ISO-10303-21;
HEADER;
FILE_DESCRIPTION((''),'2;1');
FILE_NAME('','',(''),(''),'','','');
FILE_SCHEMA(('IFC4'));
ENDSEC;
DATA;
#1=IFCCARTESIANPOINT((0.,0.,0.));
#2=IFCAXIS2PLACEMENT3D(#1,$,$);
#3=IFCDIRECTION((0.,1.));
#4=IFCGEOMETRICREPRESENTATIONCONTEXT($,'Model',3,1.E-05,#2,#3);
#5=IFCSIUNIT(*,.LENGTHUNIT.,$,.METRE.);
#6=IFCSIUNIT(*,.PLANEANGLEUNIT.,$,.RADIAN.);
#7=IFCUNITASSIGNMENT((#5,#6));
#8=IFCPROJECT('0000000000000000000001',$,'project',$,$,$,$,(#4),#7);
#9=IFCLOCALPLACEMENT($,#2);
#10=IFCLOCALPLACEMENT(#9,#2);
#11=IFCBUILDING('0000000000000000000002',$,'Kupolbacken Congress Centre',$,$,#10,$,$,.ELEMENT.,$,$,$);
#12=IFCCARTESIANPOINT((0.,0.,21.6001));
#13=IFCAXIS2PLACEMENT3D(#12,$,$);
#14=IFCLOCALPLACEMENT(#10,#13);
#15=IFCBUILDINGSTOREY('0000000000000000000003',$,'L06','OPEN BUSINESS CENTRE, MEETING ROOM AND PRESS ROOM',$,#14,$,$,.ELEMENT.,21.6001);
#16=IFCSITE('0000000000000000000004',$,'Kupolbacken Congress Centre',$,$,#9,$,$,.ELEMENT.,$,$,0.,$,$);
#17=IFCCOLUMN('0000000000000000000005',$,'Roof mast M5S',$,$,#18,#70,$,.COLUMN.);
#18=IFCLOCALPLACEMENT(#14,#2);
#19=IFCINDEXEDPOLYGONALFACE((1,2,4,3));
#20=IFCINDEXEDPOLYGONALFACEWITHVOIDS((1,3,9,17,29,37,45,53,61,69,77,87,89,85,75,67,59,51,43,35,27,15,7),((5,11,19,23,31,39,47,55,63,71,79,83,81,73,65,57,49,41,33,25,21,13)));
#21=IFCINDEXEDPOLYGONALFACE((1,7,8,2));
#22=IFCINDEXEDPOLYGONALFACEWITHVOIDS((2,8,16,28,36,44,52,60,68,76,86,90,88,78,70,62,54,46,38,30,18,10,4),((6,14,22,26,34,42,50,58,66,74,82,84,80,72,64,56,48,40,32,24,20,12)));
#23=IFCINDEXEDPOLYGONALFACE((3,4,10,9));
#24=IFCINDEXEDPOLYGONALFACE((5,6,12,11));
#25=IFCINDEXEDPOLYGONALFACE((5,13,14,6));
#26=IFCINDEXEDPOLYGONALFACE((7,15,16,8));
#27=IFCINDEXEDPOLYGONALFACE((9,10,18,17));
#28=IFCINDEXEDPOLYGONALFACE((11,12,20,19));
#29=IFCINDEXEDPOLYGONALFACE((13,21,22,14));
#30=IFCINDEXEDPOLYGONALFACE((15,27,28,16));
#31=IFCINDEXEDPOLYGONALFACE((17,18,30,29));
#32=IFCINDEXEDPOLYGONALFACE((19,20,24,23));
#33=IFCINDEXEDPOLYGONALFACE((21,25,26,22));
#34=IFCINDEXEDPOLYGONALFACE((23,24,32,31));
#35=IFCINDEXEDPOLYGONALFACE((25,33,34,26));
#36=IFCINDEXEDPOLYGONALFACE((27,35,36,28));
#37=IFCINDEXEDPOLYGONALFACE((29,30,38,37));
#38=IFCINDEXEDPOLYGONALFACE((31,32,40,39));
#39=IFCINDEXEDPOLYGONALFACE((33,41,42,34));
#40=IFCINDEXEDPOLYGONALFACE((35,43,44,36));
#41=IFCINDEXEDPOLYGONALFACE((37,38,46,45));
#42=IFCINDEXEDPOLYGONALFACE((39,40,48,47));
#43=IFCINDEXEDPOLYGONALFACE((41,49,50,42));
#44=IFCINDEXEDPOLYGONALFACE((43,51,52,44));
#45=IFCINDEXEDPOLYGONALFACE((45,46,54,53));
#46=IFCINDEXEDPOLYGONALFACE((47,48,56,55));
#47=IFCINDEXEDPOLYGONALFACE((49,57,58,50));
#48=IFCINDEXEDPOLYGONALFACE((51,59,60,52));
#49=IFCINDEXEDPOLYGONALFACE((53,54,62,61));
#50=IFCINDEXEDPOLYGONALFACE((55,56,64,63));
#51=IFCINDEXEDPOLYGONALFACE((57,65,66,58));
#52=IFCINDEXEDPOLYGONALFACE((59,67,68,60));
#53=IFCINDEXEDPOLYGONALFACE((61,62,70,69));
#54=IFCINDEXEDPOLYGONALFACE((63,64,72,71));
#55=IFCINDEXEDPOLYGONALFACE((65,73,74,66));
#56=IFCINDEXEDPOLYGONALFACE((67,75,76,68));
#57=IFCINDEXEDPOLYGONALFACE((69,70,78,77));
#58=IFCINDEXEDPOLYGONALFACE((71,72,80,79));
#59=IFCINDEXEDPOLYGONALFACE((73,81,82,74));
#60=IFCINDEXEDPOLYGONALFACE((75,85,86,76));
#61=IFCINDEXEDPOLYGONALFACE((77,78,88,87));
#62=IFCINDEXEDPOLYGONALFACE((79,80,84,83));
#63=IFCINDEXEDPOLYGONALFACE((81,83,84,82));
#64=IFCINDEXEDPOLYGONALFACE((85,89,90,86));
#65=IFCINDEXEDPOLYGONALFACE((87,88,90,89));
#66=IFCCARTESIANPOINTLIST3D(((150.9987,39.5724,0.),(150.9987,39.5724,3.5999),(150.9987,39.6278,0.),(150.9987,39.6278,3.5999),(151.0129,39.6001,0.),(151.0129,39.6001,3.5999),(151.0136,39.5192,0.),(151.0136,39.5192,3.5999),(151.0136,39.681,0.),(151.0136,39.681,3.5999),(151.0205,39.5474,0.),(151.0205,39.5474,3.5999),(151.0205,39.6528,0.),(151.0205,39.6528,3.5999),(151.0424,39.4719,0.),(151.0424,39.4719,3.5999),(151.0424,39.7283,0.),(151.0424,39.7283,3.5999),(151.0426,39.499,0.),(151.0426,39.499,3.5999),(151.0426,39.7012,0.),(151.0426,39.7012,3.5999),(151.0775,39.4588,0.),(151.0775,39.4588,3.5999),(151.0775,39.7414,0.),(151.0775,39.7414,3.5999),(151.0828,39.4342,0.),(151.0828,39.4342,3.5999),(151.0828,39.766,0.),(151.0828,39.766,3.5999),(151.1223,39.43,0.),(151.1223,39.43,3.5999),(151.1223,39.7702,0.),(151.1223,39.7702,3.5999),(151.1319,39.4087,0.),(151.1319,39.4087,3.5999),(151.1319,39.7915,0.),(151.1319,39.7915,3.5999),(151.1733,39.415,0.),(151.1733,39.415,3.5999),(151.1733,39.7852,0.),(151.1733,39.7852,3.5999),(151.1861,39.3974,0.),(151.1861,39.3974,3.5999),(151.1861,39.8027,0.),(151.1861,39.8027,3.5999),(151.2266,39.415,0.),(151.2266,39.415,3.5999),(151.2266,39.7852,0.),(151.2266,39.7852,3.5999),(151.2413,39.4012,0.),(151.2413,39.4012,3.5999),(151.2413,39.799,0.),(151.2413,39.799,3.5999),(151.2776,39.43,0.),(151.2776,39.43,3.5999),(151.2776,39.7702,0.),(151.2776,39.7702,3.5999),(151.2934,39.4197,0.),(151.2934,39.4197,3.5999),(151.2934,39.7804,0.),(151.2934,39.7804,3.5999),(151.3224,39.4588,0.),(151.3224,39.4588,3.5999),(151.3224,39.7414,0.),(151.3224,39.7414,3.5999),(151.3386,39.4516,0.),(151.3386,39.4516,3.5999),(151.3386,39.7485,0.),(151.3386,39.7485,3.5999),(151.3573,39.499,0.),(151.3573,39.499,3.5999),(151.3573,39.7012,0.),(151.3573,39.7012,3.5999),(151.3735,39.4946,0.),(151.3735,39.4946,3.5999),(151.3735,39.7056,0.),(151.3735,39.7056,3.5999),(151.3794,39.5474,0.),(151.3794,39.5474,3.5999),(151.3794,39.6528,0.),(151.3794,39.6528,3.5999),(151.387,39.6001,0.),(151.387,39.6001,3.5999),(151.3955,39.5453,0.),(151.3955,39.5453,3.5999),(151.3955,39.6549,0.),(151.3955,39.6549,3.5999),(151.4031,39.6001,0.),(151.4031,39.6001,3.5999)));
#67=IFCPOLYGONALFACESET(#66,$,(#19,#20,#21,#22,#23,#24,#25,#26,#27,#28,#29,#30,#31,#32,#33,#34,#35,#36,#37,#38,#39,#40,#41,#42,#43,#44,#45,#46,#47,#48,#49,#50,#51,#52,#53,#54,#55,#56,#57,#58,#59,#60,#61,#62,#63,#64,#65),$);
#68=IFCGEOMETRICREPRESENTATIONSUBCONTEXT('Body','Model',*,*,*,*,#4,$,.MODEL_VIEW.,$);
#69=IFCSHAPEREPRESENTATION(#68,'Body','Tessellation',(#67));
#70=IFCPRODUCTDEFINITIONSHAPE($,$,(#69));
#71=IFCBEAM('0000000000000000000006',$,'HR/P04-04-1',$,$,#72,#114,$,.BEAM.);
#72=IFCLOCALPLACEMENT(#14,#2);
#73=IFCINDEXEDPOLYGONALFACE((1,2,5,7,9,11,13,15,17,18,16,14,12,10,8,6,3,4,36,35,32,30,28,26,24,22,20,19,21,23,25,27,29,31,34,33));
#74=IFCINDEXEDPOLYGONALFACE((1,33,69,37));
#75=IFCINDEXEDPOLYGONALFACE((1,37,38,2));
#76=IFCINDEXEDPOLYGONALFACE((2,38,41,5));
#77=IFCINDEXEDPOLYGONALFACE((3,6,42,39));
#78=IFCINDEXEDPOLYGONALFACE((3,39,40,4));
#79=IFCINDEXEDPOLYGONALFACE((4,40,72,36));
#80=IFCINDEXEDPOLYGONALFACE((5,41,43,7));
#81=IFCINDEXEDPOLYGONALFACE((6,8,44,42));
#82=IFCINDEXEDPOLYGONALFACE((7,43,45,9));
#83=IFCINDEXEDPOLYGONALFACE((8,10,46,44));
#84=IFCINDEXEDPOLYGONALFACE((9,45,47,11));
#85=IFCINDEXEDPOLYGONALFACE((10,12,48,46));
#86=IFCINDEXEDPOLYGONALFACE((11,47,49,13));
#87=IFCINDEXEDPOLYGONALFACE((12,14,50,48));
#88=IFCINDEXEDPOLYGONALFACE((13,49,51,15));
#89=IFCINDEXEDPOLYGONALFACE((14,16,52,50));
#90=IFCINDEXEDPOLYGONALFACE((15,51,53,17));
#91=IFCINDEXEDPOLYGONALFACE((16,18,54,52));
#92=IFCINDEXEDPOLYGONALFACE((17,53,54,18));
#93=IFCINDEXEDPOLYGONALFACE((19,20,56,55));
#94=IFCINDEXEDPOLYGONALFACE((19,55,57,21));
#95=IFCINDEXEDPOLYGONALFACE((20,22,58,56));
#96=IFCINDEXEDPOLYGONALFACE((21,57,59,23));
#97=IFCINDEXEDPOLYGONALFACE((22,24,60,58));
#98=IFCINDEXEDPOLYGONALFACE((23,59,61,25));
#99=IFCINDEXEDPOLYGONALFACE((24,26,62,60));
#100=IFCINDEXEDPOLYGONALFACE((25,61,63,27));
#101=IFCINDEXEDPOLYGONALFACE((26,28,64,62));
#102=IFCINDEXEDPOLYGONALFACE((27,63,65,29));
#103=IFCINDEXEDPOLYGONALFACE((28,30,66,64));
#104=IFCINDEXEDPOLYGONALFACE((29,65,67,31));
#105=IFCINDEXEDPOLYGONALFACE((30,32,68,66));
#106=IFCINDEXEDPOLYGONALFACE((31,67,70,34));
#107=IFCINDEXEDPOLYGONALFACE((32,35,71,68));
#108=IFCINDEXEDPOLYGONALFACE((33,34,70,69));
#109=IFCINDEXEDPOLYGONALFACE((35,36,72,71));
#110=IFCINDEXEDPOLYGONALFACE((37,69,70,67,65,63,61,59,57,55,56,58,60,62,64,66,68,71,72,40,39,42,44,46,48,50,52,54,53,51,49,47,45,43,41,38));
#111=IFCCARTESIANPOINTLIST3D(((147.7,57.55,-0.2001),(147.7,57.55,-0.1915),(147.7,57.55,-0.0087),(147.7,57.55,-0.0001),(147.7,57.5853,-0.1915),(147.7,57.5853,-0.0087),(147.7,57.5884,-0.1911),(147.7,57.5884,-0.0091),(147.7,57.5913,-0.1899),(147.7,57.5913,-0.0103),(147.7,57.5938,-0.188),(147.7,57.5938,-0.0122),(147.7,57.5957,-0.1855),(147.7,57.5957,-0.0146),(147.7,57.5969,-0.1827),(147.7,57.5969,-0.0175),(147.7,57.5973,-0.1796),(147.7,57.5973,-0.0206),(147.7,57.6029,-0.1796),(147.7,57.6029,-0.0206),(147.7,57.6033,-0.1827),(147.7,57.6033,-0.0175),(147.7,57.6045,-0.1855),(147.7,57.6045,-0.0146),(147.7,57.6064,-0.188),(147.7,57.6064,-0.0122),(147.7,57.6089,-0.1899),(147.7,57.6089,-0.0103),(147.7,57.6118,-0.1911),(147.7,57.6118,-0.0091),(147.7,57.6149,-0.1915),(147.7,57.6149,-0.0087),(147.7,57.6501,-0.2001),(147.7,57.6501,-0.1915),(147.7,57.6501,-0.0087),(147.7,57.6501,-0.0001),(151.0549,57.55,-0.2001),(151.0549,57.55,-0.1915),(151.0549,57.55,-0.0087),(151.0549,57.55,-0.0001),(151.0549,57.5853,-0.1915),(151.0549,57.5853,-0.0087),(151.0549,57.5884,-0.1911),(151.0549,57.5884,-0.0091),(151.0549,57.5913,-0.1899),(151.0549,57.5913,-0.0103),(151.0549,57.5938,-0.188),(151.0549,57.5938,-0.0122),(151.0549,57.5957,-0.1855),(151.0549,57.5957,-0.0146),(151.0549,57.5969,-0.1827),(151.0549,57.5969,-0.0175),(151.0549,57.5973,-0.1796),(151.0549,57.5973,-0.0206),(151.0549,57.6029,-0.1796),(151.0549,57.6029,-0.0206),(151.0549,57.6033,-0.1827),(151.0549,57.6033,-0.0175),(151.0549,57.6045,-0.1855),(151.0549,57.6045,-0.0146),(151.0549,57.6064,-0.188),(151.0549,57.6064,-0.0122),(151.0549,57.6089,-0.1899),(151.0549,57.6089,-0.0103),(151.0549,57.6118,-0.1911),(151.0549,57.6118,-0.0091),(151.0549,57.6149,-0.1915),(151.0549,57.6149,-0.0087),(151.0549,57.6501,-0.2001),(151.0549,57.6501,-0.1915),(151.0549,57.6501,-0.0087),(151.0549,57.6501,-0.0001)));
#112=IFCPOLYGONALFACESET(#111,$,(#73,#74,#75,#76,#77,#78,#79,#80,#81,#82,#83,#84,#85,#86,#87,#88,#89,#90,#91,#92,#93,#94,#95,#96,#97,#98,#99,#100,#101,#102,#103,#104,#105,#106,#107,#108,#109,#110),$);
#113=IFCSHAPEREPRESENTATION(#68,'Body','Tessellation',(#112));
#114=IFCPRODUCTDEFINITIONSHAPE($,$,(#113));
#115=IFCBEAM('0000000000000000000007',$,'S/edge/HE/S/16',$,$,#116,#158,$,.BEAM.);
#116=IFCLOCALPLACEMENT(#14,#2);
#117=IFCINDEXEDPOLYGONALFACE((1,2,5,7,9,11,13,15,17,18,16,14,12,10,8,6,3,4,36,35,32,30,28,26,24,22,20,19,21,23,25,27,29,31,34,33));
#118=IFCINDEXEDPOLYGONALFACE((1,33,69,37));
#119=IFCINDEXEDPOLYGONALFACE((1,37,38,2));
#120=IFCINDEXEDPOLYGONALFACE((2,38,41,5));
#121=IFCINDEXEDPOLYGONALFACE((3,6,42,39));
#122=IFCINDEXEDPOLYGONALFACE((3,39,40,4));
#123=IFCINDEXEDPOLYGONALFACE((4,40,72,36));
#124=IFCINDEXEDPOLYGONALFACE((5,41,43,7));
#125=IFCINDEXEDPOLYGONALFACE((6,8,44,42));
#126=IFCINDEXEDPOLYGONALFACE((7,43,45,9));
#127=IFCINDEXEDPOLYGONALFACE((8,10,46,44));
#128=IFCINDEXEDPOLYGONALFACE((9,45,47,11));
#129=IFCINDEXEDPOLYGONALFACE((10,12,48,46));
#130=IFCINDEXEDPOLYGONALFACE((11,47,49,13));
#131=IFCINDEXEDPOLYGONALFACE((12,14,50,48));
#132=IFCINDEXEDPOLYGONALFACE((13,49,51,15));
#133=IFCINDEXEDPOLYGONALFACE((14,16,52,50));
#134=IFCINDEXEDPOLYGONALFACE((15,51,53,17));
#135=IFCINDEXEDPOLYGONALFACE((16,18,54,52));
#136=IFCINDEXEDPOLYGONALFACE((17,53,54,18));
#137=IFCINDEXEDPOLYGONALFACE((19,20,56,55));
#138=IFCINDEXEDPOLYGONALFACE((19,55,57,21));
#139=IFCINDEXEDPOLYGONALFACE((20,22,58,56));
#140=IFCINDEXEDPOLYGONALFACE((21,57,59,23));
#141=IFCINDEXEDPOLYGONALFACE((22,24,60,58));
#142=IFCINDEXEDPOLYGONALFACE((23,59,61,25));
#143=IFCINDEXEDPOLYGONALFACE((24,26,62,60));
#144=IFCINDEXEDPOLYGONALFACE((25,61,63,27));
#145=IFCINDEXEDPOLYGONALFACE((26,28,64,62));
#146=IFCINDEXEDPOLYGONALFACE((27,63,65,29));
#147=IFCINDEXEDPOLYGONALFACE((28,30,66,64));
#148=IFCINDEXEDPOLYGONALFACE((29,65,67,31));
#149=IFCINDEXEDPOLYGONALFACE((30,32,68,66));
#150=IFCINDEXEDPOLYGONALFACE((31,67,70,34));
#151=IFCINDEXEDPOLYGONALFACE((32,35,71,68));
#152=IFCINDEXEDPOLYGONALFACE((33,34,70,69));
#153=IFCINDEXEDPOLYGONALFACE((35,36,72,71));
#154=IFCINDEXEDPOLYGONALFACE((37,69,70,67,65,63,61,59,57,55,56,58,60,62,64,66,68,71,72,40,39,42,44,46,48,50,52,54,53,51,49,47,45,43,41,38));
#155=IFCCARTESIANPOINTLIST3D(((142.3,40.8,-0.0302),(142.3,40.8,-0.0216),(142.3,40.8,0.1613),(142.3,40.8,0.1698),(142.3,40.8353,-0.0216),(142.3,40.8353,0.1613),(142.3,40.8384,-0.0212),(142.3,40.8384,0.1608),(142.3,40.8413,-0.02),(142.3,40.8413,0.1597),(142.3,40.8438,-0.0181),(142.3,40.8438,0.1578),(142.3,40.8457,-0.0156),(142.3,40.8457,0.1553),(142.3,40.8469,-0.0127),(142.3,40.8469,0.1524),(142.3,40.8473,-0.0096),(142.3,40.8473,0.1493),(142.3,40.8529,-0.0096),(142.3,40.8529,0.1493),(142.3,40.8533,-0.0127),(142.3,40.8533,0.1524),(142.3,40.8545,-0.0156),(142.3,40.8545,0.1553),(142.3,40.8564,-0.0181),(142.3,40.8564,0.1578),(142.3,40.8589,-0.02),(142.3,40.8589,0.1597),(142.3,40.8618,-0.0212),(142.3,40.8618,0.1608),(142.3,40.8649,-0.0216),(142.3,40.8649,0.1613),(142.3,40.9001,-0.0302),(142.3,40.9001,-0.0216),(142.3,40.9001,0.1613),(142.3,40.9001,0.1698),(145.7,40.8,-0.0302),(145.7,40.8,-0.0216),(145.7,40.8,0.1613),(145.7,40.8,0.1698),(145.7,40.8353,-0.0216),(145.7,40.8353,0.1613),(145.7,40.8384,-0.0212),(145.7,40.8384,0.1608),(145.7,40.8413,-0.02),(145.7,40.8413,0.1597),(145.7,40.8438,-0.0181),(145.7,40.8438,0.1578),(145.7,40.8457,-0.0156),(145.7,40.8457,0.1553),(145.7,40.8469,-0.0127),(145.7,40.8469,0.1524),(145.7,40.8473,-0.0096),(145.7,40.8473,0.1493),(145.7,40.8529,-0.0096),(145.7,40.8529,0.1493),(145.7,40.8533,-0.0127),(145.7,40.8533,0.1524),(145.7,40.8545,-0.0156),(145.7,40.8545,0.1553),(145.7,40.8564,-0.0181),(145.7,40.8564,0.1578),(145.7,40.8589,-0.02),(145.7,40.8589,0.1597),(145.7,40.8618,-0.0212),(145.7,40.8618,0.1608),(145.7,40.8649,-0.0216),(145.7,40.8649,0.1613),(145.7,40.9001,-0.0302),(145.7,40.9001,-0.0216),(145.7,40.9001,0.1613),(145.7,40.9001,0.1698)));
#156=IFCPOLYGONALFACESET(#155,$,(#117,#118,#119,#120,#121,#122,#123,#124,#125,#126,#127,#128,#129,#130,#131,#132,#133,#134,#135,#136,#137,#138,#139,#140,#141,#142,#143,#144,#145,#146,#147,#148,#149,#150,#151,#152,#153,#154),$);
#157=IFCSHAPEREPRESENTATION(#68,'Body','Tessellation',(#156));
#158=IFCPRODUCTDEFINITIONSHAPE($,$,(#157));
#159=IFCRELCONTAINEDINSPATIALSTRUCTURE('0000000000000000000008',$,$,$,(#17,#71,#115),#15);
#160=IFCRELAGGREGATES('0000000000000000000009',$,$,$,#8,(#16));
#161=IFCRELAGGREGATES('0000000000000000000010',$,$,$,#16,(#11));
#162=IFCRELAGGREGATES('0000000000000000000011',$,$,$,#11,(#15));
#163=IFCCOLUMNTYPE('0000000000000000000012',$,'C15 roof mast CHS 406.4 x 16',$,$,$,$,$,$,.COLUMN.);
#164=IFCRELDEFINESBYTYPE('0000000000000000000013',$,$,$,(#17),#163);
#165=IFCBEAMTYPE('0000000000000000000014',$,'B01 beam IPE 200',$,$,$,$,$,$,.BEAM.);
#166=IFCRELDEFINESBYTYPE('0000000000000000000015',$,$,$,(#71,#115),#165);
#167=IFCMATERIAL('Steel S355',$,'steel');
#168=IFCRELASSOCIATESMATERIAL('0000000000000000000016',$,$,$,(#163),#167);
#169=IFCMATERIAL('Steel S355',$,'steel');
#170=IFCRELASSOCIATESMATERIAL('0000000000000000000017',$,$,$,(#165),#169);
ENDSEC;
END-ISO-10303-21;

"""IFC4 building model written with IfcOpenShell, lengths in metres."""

from ifc_helpers import new_model, si_unit, direction, frame, origin, origin_2d, place, context, subcontext, project, spatial, hollow_circle, i_section, extrude, material, material_profile, profile_set, type_object, element, save


model = new_model("IFC4")

# Units and contexts
model_context = context("Model", 3, precision=1e-05, world=origin(), true_north=direction((0.0, 1.0)))
body_context = subcontext(model_context, "Body", "Model", "MODEL_VIEW")
ifc_project = project(units=[si_unit("LENGTHUNIT", "METRE"), si_unit("PLANEANGLEUNIT", "RADIAN")], contexts=[model_context])

# Site, building, storey
site_placement = place(None, origin())
site = spatial("IfcSite", under=ifc_project, at=site_placement, Name="Kupolbacken Congress Centre", CompositionType="ELEMENT", RefElevation=0.0)
building_placement = place(site_placement, origin())
building = spatial("IfcBuilding", under=site, at=building_placement, Name="Kupolbacken Congress Centre", CompositionType="ELEMENT")
storey_placement = place(building_placement, frame((0.0, 0.0, 21.6001)))
storey = spatial("IfcBuildingStorey", under=building, at=storey_placement, Name="L06", Description="OPEN BUSINESS CENTRE, MEETING ROOM AND PRESS ROOM", CompositionType="ELEMENT", Elevation=21.6001)

# Column
ifc_material_1 = material(Name="Steel S355", Category="steel")
ifc_material_profile_1 = material_profile(ifc_material_1, hollow_circle(Radius=0.2031, WallThickness=0.0161, at=origin_2d()), Name="CHS 406.4 x 16")
ifc_profile_set_1 = profile_set([ifc_material_profile_1], Name="Steel S355")
column_type = type_object("IfcColumnType", Name="C15 roof mast CHS 406.4 x 16", PredefinedType="COLUMN", material=ifc_profile_set_1)
column_placement = place(storey_placement, frame((151.2, 39.6001, 0.0), z_axis=(0.0, 0.0, 1.0), x_axis=(1.0, 0.0, 0.0)))
element("IfcColumn", 1, at=column_placement, inside=storey, type_object=column_type, Name="Roof mast M5S", PredefinedType="COLUMN", context=body_context, shape_type="SweptSolid", body=[
    extrude(hollow_circle(Radius=0.2031, WallThickness=0.0161, at=origin_2d()), origin(), (0.0, 0.0, 1.0), 3.5999),
])

# Beams
ifc_material_2 = material(Name="Steel S355", Category="steel")
ifc_material_profile_2 = material_profile(ifc_material_2, i_section(OverallWidth=0.1001, OverallDepth=0.2, WebThickness=0.0056, FlangeThickness=0.0085, FilletRadius=0.012, at=origin_2d()), Name="IPE 200")
ifc_profile_set_2 = profile_set([ifc_material_profile_2], Name="Steel S355")
beam_type_1 = type_object("IfcBeamType", Name="B01 beam IPE 200", PredefinedType="BEAM", material=ifc_profile_set_2)
beam_1_placement = place(storey_placement, frame((147.7, 57.6001, -0.1001), z_axis=(1.0, 0.0, 0.0), x_axis=(0.0, 1.0, 0.0)))
element("IfcBeam", 2, at=beam_1_placement, inside=storey, type_object=beam_type_1, Name="HR/P04-04-1", PredefinedType="BEAM", context=body_context, shape_type="SweptSolid", body=[
    extrude(i_section(OverallWidth=0.1001, OverallDepth=0.2, WebThickness=0.0056, FlangeThickness=0.0085, FilletRadius=0.012, at=origin_2d()), origin(), (0.0, 0.0, 1.0), 3.355),
])
beam_2_placement = place(storey_placement, frame((142.3, 40.8501, 0.0698), z_axis=(1.0, 0.0, 0.0), x_axis=(0.0, 1.0, 0.0)))
element("IfcBeam", 3, at=beam_2_placement, inside=storey, type_object=beam_type_1, Name="S/edge/HE/S/16", PredefinedType="BEAM", context=body_context, shape_type="SweptSolid", body=[
    extrude(i_section(OverallWidth=0.1001, OverallDepth=0.2, WebThickness=0.0056, FlangeThickness=0.0085, FilletRadius=0.012, at=origin_2d()), origin(), (0.0, 0.0, 1.0), 3.3999),
])

save(model, "model.ifc")
